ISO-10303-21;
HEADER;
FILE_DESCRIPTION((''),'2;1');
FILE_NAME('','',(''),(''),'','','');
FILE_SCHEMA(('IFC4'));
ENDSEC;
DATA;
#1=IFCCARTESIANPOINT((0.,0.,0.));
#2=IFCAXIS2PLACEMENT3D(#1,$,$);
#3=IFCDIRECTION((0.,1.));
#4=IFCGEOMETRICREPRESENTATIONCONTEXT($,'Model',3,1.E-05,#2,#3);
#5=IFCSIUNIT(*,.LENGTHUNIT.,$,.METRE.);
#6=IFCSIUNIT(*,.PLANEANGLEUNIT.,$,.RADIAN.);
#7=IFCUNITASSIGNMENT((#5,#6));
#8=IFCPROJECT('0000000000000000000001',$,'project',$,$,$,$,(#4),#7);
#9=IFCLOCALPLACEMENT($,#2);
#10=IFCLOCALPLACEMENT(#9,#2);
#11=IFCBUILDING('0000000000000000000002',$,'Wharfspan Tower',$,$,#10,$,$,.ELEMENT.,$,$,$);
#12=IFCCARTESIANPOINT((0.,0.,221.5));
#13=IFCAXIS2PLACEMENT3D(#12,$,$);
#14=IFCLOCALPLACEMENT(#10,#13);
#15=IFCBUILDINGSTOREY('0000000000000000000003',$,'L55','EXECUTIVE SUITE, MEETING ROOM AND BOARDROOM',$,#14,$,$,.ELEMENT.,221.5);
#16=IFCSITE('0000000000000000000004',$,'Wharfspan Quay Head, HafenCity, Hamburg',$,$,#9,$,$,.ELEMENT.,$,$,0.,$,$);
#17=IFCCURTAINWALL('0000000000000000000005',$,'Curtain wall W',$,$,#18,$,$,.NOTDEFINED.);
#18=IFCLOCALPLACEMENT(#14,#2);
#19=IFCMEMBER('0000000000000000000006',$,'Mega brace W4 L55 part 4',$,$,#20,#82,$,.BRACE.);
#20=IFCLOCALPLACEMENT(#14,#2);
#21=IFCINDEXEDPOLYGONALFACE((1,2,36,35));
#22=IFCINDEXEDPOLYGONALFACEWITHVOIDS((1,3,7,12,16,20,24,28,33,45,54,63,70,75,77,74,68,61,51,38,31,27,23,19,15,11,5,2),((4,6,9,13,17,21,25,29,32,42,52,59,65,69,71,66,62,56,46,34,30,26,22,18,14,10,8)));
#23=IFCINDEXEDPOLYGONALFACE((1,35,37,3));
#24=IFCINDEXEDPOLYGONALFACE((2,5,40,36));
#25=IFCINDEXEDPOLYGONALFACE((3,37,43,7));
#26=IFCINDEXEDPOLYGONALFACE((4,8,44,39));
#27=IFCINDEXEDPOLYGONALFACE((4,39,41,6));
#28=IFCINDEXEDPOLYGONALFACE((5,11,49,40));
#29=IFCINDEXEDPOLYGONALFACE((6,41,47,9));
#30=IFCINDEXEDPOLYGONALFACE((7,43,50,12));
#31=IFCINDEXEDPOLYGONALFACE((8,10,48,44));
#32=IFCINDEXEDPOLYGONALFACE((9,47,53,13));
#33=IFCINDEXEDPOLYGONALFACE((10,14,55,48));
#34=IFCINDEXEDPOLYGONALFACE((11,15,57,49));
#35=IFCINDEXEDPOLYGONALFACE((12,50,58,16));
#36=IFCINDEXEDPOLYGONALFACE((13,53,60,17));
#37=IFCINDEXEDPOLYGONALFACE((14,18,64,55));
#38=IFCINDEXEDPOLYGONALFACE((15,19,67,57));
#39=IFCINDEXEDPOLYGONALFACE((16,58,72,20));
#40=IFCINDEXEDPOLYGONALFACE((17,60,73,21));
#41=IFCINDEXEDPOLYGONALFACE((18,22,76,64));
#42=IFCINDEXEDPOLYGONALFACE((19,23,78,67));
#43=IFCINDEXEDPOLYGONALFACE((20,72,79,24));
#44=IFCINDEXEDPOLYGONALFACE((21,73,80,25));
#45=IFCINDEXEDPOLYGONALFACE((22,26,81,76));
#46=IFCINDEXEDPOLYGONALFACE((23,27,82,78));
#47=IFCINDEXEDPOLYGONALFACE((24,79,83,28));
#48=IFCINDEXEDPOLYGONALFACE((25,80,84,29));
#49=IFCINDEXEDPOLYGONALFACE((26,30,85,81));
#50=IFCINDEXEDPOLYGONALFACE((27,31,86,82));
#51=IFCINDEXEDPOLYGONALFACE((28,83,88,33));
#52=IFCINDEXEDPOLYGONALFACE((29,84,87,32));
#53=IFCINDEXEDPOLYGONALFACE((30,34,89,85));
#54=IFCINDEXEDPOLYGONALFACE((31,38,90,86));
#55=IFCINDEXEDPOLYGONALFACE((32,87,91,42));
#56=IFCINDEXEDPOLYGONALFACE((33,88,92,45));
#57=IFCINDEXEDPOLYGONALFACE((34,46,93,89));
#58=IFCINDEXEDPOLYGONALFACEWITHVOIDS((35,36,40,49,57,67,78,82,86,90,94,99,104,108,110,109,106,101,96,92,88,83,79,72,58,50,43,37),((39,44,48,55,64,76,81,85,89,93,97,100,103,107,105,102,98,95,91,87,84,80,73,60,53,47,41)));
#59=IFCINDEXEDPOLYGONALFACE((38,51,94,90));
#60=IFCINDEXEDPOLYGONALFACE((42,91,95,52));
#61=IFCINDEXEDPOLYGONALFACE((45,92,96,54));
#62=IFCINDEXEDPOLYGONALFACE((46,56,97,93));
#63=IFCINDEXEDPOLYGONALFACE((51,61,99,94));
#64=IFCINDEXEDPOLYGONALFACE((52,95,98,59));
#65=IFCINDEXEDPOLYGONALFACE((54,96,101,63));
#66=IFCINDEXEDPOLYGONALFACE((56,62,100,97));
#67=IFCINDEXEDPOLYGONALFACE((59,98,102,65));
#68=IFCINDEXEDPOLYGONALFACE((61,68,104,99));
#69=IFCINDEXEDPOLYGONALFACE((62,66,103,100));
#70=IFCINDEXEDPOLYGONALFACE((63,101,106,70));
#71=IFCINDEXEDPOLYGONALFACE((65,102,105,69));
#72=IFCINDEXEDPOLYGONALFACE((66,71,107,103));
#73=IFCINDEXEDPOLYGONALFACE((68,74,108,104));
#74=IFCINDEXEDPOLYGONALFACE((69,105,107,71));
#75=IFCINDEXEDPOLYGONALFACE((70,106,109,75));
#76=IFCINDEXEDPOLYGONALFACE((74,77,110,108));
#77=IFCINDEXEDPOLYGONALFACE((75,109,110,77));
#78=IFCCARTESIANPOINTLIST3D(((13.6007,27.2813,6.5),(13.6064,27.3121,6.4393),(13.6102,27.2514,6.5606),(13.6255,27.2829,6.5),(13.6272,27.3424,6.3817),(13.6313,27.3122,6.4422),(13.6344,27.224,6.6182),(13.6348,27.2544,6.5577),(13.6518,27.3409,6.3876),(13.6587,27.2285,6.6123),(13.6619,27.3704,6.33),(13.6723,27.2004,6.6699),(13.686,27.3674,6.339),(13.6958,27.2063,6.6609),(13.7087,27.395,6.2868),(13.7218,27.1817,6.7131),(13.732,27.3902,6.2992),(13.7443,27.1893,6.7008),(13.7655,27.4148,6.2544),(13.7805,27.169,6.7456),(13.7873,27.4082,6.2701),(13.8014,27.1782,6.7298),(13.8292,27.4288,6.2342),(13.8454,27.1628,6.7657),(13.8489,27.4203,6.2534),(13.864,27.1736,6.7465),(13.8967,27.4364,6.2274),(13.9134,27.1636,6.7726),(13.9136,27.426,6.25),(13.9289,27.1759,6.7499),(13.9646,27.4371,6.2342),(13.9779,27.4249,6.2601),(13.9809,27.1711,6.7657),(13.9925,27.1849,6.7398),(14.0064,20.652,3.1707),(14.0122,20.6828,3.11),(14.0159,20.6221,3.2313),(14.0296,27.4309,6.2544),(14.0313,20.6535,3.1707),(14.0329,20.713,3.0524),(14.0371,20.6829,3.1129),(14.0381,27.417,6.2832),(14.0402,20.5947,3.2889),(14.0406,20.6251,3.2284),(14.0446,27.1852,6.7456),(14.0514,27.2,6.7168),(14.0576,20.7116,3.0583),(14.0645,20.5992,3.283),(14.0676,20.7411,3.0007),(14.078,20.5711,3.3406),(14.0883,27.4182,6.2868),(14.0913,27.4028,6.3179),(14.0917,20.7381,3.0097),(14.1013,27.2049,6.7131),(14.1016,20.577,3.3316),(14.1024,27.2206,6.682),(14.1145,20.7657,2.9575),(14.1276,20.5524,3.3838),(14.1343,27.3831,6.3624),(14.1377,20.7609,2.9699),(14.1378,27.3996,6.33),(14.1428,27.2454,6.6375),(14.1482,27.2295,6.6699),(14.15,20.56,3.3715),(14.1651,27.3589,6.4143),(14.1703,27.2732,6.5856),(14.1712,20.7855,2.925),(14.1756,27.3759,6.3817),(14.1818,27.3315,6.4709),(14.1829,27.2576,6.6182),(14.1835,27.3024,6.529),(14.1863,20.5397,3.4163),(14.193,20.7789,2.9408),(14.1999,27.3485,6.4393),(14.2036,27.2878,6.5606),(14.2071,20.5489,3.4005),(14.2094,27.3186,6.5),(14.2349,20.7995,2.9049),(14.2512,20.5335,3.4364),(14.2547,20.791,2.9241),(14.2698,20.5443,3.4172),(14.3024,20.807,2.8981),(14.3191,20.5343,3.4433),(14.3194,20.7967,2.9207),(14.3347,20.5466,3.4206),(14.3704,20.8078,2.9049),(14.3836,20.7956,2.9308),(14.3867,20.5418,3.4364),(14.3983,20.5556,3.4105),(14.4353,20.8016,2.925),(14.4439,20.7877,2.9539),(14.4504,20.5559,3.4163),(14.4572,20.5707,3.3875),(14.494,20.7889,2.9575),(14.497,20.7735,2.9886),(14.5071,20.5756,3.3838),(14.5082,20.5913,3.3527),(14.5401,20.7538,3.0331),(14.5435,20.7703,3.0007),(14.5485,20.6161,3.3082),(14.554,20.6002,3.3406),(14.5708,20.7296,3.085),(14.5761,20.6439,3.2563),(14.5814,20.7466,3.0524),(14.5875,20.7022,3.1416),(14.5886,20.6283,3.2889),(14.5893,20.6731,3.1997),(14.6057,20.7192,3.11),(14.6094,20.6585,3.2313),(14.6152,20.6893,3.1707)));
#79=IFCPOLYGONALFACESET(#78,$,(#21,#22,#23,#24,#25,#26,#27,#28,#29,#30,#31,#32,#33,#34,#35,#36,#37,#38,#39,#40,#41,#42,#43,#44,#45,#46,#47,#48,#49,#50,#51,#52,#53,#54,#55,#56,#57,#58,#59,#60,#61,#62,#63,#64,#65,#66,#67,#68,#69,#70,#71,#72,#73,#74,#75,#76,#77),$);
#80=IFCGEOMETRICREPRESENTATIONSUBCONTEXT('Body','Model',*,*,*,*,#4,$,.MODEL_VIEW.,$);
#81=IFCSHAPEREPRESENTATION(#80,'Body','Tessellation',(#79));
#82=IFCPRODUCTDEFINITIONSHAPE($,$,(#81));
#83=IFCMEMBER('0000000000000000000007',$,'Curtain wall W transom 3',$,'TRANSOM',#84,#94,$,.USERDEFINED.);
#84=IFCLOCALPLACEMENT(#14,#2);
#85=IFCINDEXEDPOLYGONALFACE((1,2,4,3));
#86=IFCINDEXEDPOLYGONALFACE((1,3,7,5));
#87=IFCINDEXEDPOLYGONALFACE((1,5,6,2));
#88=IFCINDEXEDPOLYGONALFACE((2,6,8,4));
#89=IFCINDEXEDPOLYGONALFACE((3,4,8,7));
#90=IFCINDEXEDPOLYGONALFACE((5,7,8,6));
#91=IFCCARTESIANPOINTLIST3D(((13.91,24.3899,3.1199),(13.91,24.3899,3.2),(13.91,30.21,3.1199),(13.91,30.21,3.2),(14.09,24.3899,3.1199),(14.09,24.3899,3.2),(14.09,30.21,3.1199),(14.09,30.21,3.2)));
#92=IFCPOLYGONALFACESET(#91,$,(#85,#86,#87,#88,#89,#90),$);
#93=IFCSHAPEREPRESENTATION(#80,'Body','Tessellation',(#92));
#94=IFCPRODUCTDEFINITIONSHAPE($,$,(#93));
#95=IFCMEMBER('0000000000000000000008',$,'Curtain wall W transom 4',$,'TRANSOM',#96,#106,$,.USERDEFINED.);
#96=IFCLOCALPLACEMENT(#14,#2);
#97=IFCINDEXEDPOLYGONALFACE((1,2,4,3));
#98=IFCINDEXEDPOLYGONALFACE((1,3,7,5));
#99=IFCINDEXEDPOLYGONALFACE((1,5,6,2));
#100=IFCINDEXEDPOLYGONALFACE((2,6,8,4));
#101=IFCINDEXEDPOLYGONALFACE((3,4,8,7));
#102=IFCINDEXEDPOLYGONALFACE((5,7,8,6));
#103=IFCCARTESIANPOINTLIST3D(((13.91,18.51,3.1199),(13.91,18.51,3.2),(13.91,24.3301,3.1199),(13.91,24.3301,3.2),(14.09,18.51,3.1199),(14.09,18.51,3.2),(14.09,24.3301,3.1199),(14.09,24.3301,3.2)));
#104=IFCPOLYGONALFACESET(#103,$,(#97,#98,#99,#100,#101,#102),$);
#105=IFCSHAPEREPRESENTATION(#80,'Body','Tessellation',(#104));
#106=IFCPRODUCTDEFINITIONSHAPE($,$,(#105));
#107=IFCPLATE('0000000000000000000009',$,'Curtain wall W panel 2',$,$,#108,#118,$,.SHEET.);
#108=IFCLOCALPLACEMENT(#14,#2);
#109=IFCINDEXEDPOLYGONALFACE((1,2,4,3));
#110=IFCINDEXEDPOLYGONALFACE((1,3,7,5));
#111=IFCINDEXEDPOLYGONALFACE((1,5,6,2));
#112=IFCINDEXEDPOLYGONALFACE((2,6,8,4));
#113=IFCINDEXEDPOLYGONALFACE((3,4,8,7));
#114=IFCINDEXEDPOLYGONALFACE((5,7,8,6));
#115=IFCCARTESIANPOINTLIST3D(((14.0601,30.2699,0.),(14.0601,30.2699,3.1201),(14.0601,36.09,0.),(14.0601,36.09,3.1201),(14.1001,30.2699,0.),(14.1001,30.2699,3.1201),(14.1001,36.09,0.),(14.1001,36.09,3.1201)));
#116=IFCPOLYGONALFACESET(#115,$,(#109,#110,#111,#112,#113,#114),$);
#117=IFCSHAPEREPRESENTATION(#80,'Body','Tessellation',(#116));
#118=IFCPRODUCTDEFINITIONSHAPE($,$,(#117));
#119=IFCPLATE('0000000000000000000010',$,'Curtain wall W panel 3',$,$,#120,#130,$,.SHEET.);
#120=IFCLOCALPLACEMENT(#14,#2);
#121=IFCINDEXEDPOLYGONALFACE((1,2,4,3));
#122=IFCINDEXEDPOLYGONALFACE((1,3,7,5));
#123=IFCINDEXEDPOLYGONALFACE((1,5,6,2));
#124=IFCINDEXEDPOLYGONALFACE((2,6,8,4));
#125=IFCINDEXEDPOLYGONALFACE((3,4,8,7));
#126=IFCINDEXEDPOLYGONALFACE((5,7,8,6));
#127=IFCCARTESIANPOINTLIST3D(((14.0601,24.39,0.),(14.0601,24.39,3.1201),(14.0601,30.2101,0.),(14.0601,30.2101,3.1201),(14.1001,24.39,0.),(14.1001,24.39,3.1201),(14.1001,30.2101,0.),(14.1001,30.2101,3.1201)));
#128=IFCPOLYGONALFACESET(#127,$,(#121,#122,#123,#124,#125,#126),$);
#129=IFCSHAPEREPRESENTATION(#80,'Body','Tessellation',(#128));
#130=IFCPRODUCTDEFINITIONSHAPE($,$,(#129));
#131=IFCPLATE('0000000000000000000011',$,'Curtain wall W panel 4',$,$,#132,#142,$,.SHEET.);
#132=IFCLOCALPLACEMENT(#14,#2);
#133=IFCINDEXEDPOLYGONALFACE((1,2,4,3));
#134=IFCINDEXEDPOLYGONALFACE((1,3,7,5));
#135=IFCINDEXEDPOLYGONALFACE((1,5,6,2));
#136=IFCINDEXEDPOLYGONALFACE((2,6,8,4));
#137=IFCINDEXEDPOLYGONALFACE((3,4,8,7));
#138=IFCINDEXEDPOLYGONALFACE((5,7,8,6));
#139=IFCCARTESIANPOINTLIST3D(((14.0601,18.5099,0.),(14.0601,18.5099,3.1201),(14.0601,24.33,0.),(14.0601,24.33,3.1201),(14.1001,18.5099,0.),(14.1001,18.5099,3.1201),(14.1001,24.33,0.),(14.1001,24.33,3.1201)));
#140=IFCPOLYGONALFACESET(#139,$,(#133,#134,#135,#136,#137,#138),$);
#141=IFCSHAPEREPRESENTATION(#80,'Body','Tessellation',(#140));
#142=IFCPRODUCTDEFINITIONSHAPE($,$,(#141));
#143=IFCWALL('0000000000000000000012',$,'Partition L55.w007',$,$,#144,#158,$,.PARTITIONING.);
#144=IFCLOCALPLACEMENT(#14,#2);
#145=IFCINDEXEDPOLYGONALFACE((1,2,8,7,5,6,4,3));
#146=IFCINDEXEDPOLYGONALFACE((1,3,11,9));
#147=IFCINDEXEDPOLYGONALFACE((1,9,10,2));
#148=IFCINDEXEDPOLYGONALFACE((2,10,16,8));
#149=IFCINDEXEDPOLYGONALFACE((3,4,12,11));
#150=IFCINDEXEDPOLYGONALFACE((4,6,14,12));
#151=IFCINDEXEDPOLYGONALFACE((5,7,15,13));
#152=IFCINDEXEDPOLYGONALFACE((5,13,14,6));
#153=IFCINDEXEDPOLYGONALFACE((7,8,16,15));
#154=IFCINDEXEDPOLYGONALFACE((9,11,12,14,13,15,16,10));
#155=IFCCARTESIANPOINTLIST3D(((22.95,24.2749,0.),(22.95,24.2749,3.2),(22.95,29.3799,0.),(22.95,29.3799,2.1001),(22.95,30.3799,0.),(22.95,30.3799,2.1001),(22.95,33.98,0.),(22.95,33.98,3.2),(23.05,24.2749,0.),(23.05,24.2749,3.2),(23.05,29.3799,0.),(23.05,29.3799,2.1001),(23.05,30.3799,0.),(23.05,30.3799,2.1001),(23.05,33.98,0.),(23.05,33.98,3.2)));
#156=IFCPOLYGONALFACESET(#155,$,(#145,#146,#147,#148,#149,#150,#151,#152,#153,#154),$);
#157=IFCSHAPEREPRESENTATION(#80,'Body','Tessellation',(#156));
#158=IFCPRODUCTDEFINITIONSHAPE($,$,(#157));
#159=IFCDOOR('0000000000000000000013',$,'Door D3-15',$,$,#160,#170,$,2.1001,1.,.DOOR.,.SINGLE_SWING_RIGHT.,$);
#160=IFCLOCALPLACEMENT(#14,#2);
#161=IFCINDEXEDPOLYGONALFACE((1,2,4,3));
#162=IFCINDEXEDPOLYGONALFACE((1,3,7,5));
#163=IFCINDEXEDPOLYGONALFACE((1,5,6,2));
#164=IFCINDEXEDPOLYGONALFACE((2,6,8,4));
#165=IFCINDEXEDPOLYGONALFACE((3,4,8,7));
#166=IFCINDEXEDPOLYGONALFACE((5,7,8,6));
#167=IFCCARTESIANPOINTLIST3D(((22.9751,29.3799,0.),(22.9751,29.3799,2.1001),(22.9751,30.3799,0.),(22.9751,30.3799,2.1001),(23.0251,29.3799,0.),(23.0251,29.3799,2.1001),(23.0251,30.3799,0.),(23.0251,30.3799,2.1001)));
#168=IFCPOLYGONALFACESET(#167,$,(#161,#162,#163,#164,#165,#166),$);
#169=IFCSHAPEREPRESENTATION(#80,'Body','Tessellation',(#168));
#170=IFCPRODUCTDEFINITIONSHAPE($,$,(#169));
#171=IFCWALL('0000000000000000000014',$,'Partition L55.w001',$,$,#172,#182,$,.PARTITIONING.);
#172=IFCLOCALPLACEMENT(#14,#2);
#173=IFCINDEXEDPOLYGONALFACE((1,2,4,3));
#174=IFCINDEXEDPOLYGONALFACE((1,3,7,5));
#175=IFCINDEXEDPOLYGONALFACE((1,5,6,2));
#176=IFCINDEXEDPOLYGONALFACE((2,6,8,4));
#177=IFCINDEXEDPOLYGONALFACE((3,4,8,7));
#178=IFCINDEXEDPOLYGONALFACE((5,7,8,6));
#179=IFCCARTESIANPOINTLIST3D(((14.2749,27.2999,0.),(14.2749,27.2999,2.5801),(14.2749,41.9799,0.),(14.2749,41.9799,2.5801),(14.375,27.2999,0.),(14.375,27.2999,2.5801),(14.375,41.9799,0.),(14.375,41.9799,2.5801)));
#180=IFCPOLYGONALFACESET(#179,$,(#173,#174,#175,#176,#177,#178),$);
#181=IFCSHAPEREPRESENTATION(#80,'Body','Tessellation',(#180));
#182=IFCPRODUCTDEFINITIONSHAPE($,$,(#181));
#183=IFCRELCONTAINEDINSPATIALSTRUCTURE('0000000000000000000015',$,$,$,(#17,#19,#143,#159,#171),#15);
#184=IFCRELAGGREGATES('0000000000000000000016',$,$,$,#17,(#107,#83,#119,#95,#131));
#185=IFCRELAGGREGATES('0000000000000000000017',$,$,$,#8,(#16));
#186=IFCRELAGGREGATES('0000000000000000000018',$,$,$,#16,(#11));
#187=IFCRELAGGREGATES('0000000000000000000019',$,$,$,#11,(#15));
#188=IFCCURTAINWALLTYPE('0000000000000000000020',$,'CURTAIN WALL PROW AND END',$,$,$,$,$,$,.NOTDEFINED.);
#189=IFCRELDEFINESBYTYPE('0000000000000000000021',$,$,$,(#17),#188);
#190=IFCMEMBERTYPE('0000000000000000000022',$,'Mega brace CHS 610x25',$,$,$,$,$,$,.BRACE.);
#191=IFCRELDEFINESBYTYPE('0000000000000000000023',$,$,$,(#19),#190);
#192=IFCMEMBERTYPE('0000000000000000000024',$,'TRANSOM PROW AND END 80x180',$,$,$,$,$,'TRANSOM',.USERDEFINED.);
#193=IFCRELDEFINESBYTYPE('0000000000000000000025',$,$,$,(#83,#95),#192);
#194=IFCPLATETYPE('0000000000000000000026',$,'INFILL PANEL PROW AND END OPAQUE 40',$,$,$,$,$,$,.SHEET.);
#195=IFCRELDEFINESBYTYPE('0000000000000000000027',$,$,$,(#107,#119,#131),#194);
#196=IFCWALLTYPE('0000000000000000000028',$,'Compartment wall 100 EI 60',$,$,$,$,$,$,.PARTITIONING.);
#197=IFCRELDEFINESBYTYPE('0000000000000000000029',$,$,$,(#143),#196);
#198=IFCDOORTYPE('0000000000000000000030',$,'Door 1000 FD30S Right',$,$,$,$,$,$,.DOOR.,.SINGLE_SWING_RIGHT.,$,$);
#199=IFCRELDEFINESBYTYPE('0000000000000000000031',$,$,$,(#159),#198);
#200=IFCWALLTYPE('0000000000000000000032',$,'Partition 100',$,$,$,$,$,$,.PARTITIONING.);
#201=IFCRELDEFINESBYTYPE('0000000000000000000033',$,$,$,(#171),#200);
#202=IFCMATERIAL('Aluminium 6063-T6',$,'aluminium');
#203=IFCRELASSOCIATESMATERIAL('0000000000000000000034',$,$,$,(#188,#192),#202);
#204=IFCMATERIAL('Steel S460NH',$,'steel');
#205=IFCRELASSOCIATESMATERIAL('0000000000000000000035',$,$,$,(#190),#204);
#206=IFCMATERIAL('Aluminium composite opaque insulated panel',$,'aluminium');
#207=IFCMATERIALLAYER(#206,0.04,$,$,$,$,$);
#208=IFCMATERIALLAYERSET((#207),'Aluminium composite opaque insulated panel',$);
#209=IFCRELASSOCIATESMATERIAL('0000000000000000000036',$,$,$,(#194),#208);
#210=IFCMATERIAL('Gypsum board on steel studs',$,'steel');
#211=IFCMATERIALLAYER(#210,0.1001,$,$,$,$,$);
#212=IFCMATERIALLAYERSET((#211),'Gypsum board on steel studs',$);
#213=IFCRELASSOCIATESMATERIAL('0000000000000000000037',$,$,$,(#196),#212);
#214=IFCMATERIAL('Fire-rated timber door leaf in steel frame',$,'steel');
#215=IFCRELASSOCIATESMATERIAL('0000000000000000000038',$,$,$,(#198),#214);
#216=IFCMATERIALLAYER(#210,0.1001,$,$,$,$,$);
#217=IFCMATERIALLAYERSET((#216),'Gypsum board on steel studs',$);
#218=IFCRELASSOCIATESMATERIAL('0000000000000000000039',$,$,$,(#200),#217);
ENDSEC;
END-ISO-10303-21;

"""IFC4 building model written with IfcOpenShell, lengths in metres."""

from ifc_helpers import new_model, si_unit, direction, frame, frame_2d, origin, origin_2d, place, context, subcontext, project, spatial, rectangle, hollow_circle, extrude, material, layer, layer_set, material_profile, profile_set, type_object, element, fill, aggregate, save


model = new_model("IFC4")

# Units and contexts
model_context = context("Model", 3, precision=1e-05, world=origin(), true_north=direction((0.0, 1.0)))
body_context = subcontext(model_context, "Body", "Model", "MODEL_VIEW")
ifc_project = project(units=[si_unit("LENGTHUNIT", "METRE"), si_unit("PLANEANGLEUNIT", "RADIAN")], contexts=[model_context])

# Site, building, storey
site_placement = place(None, origin())
site = spatial("IfcSite", under=ifc_project, at=site_placement, Name="Wharfspan Quay Head, HafenCity, Hamburg", CompositionType="ELEMENT", RefElevation=0.0)
building_placement = place(site_placement, origin())
building = spatial("IfcBuilding", under=site, at=building_placement, Name="Wharfspan Tower", CompositionType="ELEMENT")
storey_placement = place(building_placement, frame((0.0, 0.0, 221.5)))
storey = spatial("IfcBuildingStorey", under=building, at=storey_placement, Name="L55", Description="EXECUTIVE SUITE, MEETING ROOM AND BOARDROOM", CompositionType="ELEMENT", Elevation=221.5)

# Curtain wall
ifc_material_1 = material(Name="Aluminium 6063-T6", Category="aluminium")
curtain_wall_type = type_object("IfcCurtainWallType", Name="CURTAIN WALL PROW AND END", PredefinedType="NOTDEFINED", material=ifc_material_1)
curtain_wall_placement = place(storey_placement, origin())
curtain_wall = element("IfcCurtainWall", 1, at=curtain_wall_placement, inside=storey, type_object=curtain_wall_type, Name="Curtain wall W", PredefinedType="NOTDEFINED")

# Member
ifc_material_2 = material(Name="Steel S460NH", Category="steel")
ifc_material_profile_1 = material_profile(ifc_material_2, hollow_circle(Radius=0.3049, WallThickness=0.0249, at=origin_2d()))
ifc_profile_set_1 = profile_set([ifc_material_profile_1], Name="Steel S460NH")
member_type_1 = type_object("IfcMemberType", Name="Mega brace CHS 610x25", PredefinedType="BRACE", material=ifc_profile_set_1)
member_1_placement = place(storey_placement, frame((14.3108, 20.6707, 3.1707), z_axis=(-0.054615, 0.892302, 0.448123), x_axis=(-0.998132, -0.061091, -0.000003)))
element("IfcMember", 2, at=member_1_placement, inside=storey, type_object=member_type_1, Name="Mega brace W4 L55 part 4", PredefinedType="BRACE", context=body_context, shape_type="SweptSolid", body=[
    extrude(hollow_circle(Radius=0.3049, WallThickness=0.0249, at=origin_2d()), origin(), (0.0, 0.0, 1.0), 7.4294),
])

# Members
ifc_material_profile_2 = material_profile(ifc_material_1, rectangle(XDim=0.1799, YDim=0.0801, at=origin_2d()))
ifc_profile_set_2 = profile_set([ifc_material_profile_2], Name="Aluminium 6063-T6")
member_type_2 = type_object("IfcMemberType", Name="TRANSOM PROW AND END 80x180", ElementType="TRANSOM", PredefinedType="USERDEFINED", material=ifc_profile_set_2)
member_2_placement = place(storey_placement, frame((14.0, 30.21, 3.1599), z_axis=(0.0, -1.0, 0.0), x_axis=(1.0, 0.0, 0.0)))
member_2 = element("IfcMember", 3, at=member_2_placement, type_object=member_type_2, Name="Curtain wall W transom 3", ObjectType="TRANSOM", PredefinedType="USERDEFINED", context=body_context, shape_type="SweptSolid", body=[
    extrude(rectangle(XDim=0.1799, YDim=0.0801, at=origin_2d()), origin(), (0.0, 0.0, 1.0), 5.8201),
])
member_3_placement = place(storey_placement, frame((14.0, 24.3301, 3.1599), z_axis=(0.0, -1.0, 0.0), x_axis=(1.0, 0.0, 0.0)))
member_3 = element("IfcMember", 4, at=member_3_placement, type_object=member_type_2, Name="Curtain wall W transom 4", ObjectType="TRANSOM", PredefinedType="USERDEFINED", context=body_context, shape_type="SweptSolid", body=[
    extrude(rectangle(XDim=0.1799, YDim=0.0801, at=origin_2d()), origin(), (0.0, 0.0, 1.0), 5.8201),
])

# Plates
ifc_material_3 = material(Name="Aluminium composite opaque insulated panel", Category="aluminium")
ifc_layer_1 = layer(ifc_material_3, 0.04)
ifc_layer_set_1 = layer_set([ifc_layer_1], Name="Aluminium composite opaque insulated panel")
plate_type = type_object("IfcPlateType", Name="INFILL PANEL PROW AND END OPAQUE 40", PredefinedType="SHEET", material=ifc_layer_set_1)
plate_1_placement = place(storey_placement, frame((14.0801, 33.1799, 0.0), z_axis=(0.0, 0.0, 1.0), x_axis=(0.0, -1.0, 0.0)))
plate_1 = element("IfcPlate", 5, at=plate_1_placement, type_object=plate_type, Name="Curtain wall W panel 2", PredefinedType="SHEET", context=body_context, shape_type="SweptSolid", body=[
    extrude(rectangle(XDim=5.8201, YDim=0.04, at=origin_2d()), origin(), (0.0, 0.0, 1.0), 3.1201),
])
plate_2_placement = place(storey_placement, frame((14.0801, 27.3, 0.0), z_axis=(0.0, 0.0, 1.0), x_axis=(0.0, -1.0, 0.0)))
plate_2 = element("IfcPlate", 6, at=plate_2_placement, type_object=plate_type, Name="Curtain wall W panel 3", PredefinedType="SHEET", context=body_context, shape_type="SweptSolid", body=[
    extrude(rectangle(XDim=5.8201, YDim=0.04, at=origin_2d()), origin(), (0.0, 0.0, 1.0), 3.1201),
])
plate_3_placement = place(storey_placement, frame((14.0801, 21.4199, 0.0), z_axis=(0.0, 0.0, 1.0), x_axis=(0.0, -1.0, 0.0)))
plate_3 = element("IfcPlate", 7, at=plate_3_placement, type_object=plate_type, Name="Curtain wall W panel 4", PredefinedType="SHEET", context=body_context, shape_type="SweptSolid", body=[
    extrude(rectangle(XDim=5.8201, YDim=0.04, at=origin_2d()), origin(), (0.0, 0.0, 1.0), 3.1201),
])
aggregate(curtain_wall, [plate_1, member_2, plate_2, member_3, plate_3])

# Wall, opening, door
ifc_material_4 = material(Name="Gypsum board on steel studs", Category="steel")
ifc_layer_2 = layer(ifc_material_4, 0.1001)
ifc_layer_set_2 = layer_set([ifc_layer_2], Name="Gypsum board on steel studs")
wall_type_1 = type_object("IfcWallType", Name="Compartment wall 100 EI 60", PredefinedType="PARTITIONING", material=ifc_layer_set_2)
wall_1_placement = place(storey_placement, frame((23.0, 24.2749, 0.0), z_axis=(0.0, 0.0, 1.0), x_axis=(0.0, 1.0, 0.0)))
wall_1 = element("IfcWall", 8, at=wall_1_placement, inside=storey, type_object=wall_type_1, Name="Partition L55.w007", PredefinedType="PARTITIONING", context=body_context, shape_type="SweptSolid", body=[
    extrude(rectangle(XDim=9.7051, YDim=0.1001, at=frame_2d((4.8525, 0.0))), origin(), (0.0, 0.0, 1.0), 3.2),
])
opening_placement = place(wall_1_placement, frame((5.105, 0.0, 0.0)))
opening = element("IfcOpeningElement", 9, at=opening_placement, cuts=wall_1, PredefinedType="OPENING", context=body_context, shape_type="SweptSolid", body=[
    extrude(rectangle(XDim=1.0, YDim=2.1001, at=frame_2d((0.5, 1.05))), frame((0.0, 0.0601, 0.0), z_axis=(0.0, -1.0, 0.0), x_axis=(1.0, 0.0, 0.0)), (0.0, 0.0, 1.0), 0.1201),
])
ifc_material_5 = material(Name="Fire-rated timber door leaf in steel frame", Category="steel")
door_type = type_object("IfcDoorType", Name="Door 1000 FD30S Right", OperationType="SINGLE_SWING_RIGHT", PredefinedType="DOOR", material=ifc_material_5)
door_placement = place(opening_placement, origin())
door = element("IfcDoor", 10, at=door_placement, inside=storey, type_object=door_type, Name="Door D3-15", OperationType="SINGLE_SWING_RIGHT", OverallHeight=2.1001, OverallWidth=1.0, PredefinedType="DOOR", context=body_context, shape_type="SweptSolid", body=[
    extrude(rectangle(XDim=1.0, YDim=2.1001, at=frame_2d((0.5, 1.05))), frame((0.0, 0.0249, 0.0), z_axis=(0.0, -1.0, 0.0), x_axis=(1.0, 0.0, 0.0)), (0.0, 0.0, 1.0), 0.05),
])
fill(opening, door)

# Wall
ifc_layer_3 = layer(ifc_material_4, 0.1001)
ifc_layer_set_3 = layer_set([ifc_layer_3], Name="Gypsum board on steel studs")
wall_type_2 = type_object("IfcWallType", Name="Partition 100", PredefinedType="PARTITIONING", material=ifc_layer_set_3)
wall_2_placement = place(storey_placement, frame((14.325, 27.3, 0.0), z_axis=(0.0, 0.0, 1.0), x_axis=(0.0, 1.0, 0.0)))
element("IfcWall", 11, at=wall_2_placement, inside=storey, type_object=wall_type_2, Name="Partition L55.w001", PredefinedType="PARTITIONING", context=body_context, shape_type="SweptSolid", body=[
    extrude(rectangle(XDim=14.6799, YDim=0.1001, at=frame_2d((7.3398, 0.0))), origin(), (0.0, 0.0, 1.0), 2.5801),
])

save(model, "model.ifc")
